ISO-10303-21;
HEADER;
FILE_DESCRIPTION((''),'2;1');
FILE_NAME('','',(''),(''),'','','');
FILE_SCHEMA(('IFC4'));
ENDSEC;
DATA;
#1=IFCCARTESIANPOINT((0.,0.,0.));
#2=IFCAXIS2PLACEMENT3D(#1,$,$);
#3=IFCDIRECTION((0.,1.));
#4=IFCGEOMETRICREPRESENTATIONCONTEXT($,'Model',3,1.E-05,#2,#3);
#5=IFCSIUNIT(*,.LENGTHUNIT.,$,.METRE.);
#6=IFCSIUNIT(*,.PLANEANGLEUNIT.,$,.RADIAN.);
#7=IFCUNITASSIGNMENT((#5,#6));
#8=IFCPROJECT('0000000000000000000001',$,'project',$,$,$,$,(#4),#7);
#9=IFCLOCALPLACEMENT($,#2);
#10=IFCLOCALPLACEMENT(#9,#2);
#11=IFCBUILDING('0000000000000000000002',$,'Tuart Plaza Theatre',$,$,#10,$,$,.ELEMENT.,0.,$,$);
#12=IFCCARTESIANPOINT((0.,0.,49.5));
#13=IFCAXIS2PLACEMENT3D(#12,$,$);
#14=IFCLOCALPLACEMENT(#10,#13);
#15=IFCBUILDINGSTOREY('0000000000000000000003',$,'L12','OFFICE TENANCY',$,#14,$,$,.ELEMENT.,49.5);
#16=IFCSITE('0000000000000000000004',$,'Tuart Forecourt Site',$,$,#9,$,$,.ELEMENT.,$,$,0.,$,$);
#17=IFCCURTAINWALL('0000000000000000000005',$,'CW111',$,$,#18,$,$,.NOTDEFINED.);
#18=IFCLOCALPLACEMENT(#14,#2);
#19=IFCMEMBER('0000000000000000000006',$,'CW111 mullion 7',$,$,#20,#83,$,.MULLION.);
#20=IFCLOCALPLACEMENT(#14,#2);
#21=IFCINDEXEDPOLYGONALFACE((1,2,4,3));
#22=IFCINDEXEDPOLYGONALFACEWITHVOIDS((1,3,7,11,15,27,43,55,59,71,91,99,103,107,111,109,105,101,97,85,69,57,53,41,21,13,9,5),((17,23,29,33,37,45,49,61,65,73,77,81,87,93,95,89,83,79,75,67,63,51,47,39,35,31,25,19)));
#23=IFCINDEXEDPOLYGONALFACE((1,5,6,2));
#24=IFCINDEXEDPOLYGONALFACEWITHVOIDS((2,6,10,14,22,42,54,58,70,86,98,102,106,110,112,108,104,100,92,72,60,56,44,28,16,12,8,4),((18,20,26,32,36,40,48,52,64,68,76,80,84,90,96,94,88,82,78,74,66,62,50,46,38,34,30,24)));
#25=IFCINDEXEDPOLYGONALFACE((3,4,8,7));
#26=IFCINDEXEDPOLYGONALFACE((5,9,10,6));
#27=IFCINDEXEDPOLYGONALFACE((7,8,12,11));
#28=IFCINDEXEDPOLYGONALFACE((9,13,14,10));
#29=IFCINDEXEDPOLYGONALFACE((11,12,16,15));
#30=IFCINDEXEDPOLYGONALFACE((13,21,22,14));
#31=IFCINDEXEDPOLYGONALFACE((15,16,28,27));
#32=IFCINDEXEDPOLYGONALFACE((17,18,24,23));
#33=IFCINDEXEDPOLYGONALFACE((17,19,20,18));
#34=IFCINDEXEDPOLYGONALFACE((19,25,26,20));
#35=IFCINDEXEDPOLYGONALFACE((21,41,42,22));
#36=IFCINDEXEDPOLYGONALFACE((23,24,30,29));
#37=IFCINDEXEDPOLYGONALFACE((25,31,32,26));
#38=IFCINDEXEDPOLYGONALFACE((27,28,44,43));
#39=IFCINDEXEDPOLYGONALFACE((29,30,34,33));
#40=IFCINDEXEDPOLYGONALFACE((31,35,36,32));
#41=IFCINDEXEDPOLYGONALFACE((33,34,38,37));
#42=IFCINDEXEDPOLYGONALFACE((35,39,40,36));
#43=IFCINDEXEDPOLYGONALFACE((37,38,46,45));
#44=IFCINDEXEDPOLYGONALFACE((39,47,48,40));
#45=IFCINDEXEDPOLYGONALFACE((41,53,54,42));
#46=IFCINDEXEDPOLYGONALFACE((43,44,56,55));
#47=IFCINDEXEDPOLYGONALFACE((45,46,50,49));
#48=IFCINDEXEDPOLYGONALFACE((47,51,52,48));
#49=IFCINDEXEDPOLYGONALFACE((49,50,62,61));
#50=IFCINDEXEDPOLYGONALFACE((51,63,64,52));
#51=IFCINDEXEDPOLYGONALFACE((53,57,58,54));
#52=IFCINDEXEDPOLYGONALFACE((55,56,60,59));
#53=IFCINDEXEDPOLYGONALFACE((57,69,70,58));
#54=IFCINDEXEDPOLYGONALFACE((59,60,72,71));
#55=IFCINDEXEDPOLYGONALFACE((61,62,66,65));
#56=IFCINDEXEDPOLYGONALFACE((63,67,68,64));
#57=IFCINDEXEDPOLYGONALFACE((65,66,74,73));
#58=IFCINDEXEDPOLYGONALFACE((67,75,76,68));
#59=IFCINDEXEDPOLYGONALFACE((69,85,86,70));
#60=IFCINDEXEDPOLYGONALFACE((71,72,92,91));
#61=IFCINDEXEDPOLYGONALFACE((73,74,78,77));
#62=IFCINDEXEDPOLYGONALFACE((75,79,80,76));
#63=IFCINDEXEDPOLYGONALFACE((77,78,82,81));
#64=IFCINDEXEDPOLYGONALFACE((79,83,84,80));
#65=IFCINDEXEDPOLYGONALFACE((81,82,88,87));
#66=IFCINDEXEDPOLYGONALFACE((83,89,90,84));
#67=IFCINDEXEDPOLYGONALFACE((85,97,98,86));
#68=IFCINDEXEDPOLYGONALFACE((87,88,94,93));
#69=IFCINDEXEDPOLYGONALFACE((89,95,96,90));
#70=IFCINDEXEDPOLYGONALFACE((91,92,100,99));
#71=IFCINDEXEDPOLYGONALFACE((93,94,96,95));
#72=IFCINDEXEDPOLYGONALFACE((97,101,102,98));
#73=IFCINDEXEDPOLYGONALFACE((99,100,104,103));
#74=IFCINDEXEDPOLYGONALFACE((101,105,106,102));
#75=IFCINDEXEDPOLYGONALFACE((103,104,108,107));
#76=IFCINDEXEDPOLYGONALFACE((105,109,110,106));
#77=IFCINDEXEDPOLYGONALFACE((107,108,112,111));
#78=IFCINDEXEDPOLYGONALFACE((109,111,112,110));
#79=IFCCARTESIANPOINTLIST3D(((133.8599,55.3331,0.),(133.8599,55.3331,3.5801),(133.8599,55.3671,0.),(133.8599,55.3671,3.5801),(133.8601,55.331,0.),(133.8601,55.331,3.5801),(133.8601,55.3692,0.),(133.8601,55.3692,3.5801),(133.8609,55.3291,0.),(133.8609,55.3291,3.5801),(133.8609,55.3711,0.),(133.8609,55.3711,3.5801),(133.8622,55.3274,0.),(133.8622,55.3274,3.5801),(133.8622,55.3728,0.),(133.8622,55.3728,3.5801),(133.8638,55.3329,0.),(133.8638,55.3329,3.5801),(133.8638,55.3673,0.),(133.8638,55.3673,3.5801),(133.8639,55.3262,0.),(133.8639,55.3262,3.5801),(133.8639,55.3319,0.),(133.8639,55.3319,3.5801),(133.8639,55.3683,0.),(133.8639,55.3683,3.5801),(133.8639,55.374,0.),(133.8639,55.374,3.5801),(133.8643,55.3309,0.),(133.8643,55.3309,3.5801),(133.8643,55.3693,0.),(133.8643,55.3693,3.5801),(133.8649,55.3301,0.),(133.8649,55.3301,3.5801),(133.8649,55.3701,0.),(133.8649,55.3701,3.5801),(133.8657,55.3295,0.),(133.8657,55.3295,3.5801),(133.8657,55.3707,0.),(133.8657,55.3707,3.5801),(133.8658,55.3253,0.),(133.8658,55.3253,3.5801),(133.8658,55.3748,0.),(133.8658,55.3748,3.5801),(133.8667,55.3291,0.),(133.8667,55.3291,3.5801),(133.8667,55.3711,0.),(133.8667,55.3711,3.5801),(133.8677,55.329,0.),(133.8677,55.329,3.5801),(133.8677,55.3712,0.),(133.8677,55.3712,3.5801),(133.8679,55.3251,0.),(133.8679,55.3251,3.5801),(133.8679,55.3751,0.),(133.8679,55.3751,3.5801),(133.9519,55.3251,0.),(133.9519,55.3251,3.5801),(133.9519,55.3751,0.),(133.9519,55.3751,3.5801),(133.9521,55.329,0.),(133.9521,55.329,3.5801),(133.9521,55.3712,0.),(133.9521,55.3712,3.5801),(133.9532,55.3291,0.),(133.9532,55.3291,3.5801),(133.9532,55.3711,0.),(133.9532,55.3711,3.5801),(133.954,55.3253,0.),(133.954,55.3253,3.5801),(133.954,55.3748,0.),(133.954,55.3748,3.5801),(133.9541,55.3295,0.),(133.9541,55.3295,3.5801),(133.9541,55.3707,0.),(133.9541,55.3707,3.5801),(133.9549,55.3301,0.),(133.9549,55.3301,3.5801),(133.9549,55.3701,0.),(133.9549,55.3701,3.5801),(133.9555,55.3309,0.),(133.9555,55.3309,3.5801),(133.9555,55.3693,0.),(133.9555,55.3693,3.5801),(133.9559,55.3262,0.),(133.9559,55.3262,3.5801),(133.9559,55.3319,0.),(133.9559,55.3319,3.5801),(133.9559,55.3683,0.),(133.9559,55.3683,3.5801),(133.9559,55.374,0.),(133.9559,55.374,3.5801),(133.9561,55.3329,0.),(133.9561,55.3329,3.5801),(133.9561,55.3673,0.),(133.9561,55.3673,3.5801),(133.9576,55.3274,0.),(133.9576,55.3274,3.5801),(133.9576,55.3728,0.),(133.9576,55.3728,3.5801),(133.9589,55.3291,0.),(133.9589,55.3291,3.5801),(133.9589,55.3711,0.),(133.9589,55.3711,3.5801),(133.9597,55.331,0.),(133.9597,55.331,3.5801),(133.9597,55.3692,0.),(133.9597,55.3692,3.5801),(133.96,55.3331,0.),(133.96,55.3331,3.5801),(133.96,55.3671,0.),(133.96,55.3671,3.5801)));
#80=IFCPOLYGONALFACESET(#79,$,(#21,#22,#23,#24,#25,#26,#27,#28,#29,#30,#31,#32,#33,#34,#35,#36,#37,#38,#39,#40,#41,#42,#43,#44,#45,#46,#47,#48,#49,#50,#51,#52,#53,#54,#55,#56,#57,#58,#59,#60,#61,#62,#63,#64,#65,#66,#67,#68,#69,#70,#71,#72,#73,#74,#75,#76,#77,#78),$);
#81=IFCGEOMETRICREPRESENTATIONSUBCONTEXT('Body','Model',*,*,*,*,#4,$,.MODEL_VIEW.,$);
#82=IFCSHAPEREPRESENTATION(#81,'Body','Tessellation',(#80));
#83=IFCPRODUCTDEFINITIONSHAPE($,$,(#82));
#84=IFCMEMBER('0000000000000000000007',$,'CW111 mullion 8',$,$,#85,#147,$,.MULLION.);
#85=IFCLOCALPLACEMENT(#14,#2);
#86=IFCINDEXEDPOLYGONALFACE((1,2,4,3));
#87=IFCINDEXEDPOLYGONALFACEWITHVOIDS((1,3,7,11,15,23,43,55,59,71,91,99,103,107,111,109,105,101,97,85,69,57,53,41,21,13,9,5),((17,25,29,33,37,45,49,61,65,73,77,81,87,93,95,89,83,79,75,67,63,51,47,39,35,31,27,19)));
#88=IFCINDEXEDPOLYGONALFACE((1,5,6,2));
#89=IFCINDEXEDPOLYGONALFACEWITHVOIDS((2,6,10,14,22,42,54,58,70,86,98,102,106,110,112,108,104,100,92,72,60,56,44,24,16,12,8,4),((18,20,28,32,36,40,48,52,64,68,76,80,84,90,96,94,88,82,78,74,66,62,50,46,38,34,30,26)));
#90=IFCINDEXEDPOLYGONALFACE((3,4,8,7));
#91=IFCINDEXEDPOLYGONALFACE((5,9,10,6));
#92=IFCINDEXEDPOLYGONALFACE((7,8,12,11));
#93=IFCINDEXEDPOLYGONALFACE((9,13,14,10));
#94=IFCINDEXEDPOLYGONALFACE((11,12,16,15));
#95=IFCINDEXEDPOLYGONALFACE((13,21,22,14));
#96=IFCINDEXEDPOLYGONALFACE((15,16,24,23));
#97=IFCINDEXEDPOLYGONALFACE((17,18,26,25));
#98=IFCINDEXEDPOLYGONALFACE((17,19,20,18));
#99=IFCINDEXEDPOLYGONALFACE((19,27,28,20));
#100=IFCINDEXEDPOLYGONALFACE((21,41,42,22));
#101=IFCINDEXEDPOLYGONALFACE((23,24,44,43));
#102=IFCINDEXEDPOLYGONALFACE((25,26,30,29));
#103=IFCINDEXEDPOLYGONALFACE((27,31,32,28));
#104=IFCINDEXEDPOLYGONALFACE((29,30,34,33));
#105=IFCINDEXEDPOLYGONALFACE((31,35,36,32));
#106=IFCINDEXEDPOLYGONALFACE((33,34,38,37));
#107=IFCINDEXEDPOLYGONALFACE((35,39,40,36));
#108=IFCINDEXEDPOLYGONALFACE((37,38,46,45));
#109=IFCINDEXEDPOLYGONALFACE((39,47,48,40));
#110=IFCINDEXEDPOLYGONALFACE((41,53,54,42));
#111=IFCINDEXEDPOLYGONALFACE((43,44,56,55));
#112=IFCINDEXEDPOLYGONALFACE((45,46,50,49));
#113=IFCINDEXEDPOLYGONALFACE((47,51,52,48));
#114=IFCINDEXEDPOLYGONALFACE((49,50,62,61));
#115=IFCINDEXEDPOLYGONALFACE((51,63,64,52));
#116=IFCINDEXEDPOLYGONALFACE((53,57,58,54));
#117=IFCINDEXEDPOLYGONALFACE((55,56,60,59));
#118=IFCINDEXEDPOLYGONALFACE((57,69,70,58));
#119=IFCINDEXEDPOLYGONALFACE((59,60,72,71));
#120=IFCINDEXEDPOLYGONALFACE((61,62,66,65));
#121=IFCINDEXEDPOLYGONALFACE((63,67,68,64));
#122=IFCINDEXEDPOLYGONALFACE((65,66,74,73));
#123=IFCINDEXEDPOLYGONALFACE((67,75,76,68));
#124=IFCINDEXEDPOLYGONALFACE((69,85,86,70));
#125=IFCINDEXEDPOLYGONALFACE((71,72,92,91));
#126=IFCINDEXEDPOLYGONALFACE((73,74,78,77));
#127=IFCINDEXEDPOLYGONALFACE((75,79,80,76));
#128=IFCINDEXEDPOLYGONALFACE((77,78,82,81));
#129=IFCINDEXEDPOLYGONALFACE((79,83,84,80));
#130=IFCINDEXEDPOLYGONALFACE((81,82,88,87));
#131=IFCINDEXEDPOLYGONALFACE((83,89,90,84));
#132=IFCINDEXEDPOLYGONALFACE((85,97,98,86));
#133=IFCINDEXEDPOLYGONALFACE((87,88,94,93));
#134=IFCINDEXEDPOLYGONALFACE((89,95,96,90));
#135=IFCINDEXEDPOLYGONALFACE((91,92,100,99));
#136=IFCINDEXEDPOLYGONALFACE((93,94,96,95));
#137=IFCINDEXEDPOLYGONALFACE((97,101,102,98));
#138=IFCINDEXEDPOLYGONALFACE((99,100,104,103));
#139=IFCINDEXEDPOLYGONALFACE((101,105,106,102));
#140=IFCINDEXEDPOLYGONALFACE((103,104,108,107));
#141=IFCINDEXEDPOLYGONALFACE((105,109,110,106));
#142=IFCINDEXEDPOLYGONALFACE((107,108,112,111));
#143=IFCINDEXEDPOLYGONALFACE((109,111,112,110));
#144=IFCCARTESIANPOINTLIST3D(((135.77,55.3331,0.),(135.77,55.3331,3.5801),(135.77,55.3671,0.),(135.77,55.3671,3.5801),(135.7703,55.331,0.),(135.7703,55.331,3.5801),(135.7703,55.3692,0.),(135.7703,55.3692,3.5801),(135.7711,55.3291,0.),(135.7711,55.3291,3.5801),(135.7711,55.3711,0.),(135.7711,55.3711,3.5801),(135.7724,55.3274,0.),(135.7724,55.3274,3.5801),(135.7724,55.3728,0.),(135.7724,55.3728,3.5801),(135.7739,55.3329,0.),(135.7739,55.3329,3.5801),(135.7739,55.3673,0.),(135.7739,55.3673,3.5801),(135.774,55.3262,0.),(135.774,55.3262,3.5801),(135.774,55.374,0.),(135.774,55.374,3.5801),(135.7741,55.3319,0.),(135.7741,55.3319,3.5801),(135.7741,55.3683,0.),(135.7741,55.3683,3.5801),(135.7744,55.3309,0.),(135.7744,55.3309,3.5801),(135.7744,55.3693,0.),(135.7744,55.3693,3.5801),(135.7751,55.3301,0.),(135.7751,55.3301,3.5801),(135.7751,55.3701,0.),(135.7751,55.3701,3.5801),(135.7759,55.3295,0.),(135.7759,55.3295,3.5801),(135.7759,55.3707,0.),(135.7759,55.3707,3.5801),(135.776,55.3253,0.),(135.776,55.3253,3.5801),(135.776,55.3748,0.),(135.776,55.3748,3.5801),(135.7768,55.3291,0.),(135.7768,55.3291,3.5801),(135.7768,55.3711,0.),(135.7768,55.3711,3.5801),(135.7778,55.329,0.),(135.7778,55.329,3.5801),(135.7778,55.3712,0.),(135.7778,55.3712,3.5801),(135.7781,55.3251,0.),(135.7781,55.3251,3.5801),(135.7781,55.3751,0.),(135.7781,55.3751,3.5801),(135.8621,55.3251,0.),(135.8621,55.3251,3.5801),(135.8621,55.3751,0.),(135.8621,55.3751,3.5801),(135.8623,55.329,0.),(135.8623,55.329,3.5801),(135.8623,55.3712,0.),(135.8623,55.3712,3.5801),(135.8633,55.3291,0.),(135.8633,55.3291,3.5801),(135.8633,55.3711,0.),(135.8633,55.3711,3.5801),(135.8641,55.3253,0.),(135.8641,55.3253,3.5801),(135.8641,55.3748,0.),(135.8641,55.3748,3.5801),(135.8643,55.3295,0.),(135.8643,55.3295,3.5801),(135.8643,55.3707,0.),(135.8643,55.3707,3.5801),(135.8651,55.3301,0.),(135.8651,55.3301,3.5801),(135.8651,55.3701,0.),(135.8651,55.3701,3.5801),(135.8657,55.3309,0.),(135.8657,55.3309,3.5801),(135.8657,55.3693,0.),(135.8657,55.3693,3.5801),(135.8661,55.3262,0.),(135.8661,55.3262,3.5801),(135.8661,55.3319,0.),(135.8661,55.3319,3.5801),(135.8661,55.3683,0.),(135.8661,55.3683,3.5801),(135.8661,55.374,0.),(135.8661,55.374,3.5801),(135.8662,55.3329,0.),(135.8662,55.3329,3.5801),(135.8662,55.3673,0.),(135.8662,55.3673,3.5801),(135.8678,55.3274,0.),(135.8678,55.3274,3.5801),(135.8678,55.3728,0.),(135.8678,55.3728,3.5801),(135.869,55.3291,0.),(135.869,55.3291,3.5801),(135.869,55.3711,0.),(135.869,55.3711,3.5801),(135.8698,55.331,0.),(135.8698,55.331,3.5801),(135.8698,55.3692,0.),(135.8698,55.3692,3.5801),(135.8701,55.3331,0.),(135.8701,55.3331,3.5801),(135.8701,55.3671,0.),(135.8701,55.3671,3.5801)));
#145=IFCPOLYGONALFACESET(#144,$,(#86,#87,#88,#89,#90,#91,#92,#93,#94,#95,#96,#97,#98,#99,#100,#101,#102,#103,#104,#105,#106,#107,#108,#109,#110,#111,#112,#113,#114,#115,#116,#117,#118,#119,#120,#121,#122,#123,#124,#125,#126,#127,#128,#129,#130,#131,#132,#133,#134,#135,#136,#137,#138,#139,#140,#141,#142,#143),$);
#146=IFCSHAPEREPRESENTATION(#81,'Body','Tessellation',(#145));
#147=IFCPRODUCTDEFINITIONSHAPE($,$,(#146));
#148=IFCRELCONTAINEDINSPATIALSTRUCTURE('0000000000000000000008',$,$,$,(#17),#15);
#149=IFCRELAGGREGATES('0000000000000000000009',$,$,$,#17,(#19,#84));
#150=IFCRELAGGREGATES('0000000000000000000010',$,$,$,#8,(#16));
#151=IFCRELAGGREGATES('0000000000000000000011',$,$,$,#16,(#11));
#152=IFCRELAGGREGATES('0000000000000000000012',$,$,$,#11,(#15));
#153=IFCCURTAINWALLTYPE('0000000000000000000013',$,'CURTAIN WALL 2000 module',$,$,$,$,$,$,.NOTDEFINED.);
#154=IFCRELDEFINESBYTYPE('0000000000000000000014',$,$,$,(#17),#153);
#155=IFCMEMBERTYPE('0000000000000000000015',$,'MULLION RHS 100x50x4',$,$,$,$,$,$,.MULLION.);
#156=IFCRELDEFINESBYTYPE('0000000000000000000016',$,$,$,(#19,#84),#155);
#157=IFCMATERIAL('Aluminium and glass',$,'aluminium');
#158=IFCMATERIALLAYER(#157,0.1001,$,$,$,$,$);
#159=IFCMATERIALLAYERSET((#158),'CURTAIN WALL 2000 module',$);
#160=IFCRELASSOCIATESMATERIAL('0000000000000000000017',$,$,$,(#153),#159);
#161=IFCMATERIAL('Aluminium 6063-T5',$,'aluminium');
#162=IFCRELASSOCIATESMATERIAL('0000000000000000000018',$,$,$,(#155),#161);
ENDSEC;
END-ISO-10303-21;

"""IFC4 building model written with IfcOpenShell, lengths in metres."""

from ifc_helpers import new_model, si_unit, direction, frame, origin, origin_2d, place, context, subcontext, project, spatial, hollow_rectangle, extrude, material, layer, layer_set, material_profile, profile_set, type_object, element, aggregate, save


model = new_model("IFC4")

# Units and contexts
model_context = context("Model", 3, precision=1e-05, world=origin(), true_north=direction((0.0, 1.0)))
body_context = subcontext(model_context, "Body", "Model", "MODEL_VIEW")
ifc_project = project(units=[si_unit("LENGTHUNIT", "METRE"), si_unit("PLANEANGLEUNIT", "RADIAN")], contexts=[model_context])

# Site, building, storey
site_placement = place(None, origin())
site = spatial("IfcSite", under=ifc_project, at=site_placement, Name="Tuart Forecourt Site", CompositionType="ELEMENT", RefElevation=0.0)
building_placement = place(site_placement, origin())
building = spatial("IfcBuilding", under=site, at=building_placement, Name="Tuart Plaza Theatre", CompositionType="ELEMENT", ElevationOfRefHeight=0.0)
storey_placement = place(building_placement, frame((0.0, 0.0, 49.5)))
storey = spatial("IfcBuildingStorey", under=building, at=storey_placement, Name="L12", Description="OFFICE TENANCY", CompositionType="ELEMENT", Elevation=49.5)

# Shared definitions
ifc_material_1 = material(Name="Aluminium and glass", Category="aluminium")
ifc_layer_1 = layer(ifc_material_1, 0.1001)
ifc_layer_set_1 = layer_set([ifc_layer_1], Name="CURTAIN WALL 2000 module")
curtain_wall_type = type_object("IfcCurtainWallType", Name="CURTAIN WALL 2000 module", PredefinedType="NOTDEFINED", material=ifc_layer_set_1)
ifc_material_2 = material(Name="Aluminium 6063-T5", Category="aluminium")
ifc_material_profile_1 = material_profile(ifc_material_2, hollow_rectangle(XDim=0.05, YDim=0.1001, WallThickness=0.0039, InnerFilletRadius=0.0039, OuterFilletRadius=0.0081, at=origin_2d()), Name="RHS 100x50x4")
ifc_profile_set_1 = profile_set([ifc_material_profile_1], Name="Aluminium 6063-T5")
member_type_1 = type_object("IfcMemberType", Name="MULLION RHS 100x50x4", PredefinedType="MULLION", material=ifc_profile_set_1)

# Curtain wall, members
curtain_wall_1_placement = place(storey_placement, origin())
curtain_wall_1 = element("IfcCurtainWall", 1, at=curtain_wall_1_placement, inside=storey, type_object=curtain_wall_type, Name="CW111", PredefinedType="NOTDEFINED")
member_1_placement = place(storey_placement, frame((133.9099, 55.3501, 0.0), z_axis=(0.0, 0.0, 1.0), x_axis=(0.0, 1.0, 0.0)))
member_1 = element("IfcMember", 2, at=member_1_placement, type_object=member_type_1, Name="CW111 mullion 7", PredefinedType="MULLION", context=body_context, shape_type="SweptSolid", body=[
    extrude(hollow_rectangle(XDim=0.05, YDim=0.1001, WallThickness=0.0039, InnerFilletRadius=0.0039, OuterFilletRadius=0.0081, at=origin_2d()), origin(), (0.0, 0.0, 1.0), 3.5801),
])
member_2_placement = place(storey_placement, frame((135.8201, 55.3501, 0.0), z_axis=(0.0, 0.0, 1.0), x_axis=(0.0, 1.0, 0.0)))
member_2 = element("IfcMember", 3, at=member_2_placement, type_object=member_type_1, Name="CW111 mullion 8", PredefinedType="MULLION", context=body_context, shape_type="SweptSolid", body=[
    extrude(hollow_rectangle(XDim=0.05, YDim=0.1001, WallThickness=0.0039, InnerFilletRadius=0.0039, OuterFilletRadius=0.0081, at=origin_2d()), origin(), (0.0, 0.0, 1.0), 3.5801),
])

aggregate(curtain_wall_1, [member_1, member_2])

save(model, "model.ifc")
